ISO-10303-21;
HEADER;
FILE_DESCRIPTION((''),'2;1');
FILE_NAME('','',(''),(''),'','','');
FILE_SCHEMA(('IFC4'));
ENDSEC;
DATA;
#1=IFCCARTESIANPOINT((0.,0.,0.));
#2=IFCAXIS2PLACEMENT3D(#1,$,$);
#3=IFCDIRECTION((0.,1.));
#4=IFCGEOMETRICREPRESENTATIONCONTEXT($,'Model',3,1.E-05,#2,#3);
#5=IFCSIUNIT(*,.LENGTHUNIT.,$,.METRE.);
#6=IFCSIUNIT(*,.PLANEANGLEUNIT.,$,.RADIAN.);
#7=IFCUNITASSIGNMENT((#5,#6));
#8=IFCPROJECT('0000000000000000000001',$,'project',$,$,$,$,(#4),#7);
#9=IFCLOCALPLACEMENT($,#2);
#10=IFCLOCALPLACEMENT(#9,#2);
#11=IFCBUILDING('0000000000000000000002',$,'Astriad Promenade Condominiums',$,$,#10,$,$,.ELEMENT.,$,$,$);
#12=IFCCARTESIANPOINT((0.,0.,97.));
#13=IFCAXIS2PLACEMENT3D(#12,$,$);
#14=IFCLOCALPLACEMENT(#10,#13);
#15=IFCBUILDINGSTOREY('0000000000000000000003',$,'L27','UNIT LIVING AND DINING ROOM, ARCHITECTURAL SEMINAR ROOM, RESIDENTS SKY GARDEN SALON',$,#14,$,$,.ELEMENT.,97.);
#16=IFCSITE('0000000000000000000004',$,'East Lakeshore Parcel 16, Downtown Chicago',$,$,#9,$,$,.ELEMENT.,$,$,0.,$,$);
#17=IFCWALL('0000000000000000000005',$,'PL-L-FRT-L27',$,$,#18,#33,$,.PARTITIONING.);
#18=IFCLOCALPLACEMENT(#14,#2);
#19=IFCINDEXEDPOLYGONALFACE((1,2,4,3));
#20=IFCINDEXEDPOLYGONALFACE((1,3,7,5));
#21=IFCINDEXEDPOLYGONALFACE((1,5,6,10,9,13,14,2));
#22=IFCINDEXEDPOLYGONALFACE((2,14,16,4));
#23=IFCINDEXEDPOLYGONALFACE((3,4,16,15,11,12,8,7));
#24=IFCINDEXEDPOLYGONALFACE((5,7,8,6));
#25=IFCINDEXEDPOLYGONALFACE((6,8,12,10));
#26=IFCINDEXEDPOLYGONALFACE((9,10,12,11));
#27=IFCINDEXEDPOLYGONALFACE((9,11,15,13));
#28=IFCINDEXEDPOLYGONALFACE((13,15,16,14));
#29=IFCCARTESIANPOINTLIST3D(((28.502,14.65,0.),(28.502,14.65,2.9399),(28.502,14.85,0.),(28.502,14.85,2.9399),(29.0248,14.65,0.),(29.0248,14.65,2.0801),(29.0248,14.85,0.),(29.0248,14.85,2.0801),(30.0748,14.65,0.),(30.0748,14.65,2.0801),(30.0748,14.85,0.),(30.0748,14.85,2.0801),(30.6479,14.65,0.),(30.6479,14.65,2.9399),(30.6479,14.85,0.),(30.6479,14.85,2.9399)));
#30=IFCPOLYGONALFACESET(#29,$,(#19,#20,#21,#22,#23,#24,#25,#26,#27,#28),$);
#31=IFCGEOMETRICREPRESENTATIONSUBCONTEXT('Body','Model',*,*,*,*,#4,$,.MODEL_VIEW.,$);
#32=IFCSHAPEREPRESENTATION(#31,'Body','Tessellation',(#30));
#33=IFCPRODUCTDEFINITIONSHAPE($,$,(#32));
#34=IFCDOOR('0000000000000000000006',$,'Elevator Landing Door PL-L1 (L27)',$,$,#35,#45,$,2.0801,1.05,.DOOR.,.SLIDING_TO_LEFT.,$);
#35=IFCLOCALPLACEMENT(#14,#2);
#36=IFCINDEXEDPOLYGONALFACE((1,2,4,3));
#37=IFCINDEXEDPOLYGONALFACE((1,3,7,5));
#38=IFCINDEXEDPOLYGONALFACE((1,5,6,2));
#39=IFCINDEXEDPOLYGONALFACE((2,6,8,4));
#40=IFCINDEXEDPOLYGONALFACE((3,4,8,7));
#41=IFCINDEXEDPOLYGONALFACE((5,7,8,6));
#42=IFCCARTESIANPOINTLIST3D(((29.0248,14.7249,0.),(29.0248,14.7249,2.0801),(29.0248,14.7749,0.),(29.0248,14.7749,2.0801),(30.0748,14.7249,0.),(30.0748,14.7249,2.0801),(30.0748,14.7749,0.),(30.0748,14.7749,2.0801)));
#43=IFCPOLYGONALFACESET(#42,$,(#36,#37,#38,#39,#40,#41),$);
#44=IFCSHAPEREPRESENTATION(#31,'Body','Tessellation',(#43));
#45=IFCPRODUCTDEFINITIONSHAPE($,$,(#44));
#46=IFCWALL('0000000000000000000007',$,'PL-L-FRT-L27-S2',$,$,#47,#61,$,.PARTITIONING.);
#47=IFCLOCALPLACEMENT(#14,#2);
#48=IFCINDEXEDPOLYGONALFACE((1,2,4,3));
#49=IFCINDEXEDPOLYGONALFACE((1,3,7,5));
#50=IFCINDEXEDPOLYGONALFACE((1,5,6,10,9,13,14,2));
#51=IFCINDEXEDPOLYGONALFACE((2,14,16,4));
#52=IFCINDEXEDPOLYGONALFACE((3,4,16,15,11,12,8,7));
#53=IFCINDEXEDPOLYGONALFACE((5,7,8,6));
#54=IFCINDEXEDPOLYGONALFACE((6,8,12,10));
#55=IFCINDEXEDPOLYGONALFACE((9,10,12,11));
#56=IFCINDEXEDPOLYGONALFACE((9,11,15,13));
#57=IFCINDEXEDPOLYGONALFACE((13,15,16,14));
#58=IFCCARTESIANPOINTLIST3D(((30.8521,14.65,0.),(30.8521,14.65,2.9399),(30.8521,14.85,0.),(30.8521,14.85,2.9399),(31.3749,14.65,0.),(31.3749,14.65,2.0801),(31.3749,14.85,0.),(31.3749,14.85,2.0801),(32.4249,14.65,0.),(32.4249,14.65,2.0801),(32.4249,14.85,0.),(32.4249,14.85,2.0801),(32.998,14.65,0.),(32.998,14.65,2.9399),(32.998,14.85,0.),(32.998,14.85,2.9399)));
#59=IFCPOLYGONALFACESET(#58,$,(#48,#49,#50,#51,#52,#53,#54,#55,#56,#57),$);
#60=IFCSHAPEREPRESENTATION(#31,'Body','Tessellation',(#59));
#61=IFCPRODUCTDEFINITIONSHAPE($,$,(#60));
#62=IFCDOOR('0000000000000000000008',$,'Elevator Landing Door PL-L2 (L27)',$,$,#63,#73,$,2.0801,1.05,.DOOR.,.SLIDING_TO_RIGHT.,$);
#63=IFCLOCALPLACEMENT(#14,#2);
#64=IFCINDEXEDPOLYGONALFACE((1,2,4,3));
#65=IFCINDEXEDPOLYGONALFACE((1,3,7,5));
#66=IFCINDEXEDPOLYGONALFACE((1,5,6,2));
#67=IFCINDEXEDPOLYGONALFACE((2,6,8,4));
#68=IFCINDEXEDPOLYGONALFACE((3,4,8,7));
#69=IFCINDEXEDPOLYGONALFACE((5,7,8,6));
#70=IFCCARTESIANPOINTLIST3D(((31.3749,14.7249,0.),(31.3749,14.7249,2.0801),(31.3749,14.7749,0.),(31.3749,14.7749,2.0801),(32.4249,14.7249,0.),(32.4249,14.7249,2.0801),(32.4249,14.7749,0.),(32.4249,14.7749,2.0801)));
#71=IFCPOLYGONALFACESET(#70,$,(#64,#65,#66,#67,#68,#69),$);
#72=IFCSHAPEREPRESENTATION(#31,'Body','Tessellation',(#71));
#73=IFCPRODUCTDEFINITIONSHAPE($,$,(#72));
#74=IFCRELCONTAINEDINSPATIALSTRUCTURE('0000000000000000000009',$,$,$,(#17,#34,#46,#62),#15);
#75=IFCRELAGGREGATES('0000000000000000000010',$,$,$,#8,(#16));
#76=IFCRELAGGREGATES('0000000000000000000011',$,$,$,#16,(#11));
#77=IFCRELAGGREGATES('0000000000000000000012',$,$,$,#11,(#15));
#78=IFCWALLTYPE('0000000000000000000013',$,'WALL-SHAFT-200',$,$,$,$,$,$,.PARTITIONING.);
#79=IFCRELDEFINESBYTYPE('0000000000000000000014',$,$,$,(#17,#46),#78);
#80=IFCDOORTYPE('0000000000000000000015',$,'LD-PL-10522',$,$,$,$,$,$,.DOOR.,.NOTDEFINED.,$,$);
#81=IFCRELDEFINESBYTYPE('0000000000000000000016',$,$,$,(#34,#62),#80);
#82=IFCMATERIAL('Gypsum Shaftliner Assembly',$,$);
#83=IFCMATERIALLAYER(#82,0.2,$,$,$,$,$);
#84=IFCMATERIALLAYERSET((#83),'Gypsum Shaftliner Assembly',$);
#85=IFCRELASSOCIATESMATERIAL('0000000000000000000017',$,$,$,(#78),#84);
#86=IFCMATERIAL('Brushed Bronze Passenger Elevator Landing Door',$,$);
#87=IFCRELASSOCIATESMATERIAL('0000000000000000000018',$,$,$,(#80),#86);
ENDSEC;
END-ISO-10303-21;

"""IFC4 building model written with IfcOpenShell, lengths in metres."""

from ifc_helpers import new_model, si_unit, direction, frame, frame_2d, origin, place, context, subcontext, project, spatial, rectangle, extrude, source, transform, mapped, material, layer, layer_set, type_object, type_shapes, element, fill, save


model = new_model("IFC4")

# Units and contexts
model_context = context("Model", 3, precision=1e-05, world=origin(), true_north=direction((0.0, 1.0)))
body_context = subcontext(model_context, "Body", "Model", "MODEL_VIEW")
ifc_project = project(units=[si_unit("LENGTHUNIT", "METRE"), si_unit("PLANEANGLEUNIT", "RADIAN")], contexts=[model_context])

# Site, building, storey
site_placement = place(None, origin())
site = spatial("IfcSite", under=ifc_project, at=site_placement, Name="East Lakeshore Parcel 16, Downtown Chicago", CompositionType="ELEMENT", RefElevation=0.0)
building_placement = place(site_placement, origin())
building = spatial("IfcBuilding", under=site, at=building_placement, Name="Astriad Promenade Condominiums", CompositionType="ELEMENT")
storey_placement = place(building_placement, frame((0.0, 0.0, 97.0)))
storey = spatial("IfcBuildingStorey", under=building, at=storey_placement, Name="L27", Description="UNIT LIVING AND DINING ROOM, ARCHITECTURAL SEMINAR ROOM, RESIDENTS SKY GARDEN SALON", CompositionType="ELEMENT", Elevation=97.0)

# Shared definitions
ifc_material_1 = material(Name="Gypsum Shaftliner Assembly")
ifc_layer_1 = layer(ifc_material_1, 0.2)
ifc_layer_set_1 = layer_set([ifc_layer_1], Name="Gypsum Shaftliner Assembly")
wall_type_1 = type_object("IfcWallType", Name="WALL-SHAFT-200", PredefinedType="PARTITIONING", material=ifc_layer_set_1)

# Walls, openings, doors
wall_1_placement = place(storey_placement, frame((28.502, 14.75, 0.0), z_axis=(0.0, 0.0, 1.0), x_axis=(1.0, 0.0, 0.0)))
wall_1 = element("IfcWall", 1, at=wall_1_placement, inside=storey, type_object=wall_type_1, Name="PL-L-FRT-L27", PredefinedType="PARTITIONING", context=body_context, shape_type="SweptSolid", body=[
    extrude(rectangle(XDim=2.146, YDim=0.2, at=frame_2d((1.073, 0.0))), origin(), (0.0, 0.0, 1.0), 2.9399),
])
opening_1_placement = place(wall_1_placement, frame((0.5229, 0.0, 0.0)))
opening_1 = element("IfcOpeningElement", 2, at=opening_1_placement, cuts=wall_1, PredefinedType="OPENING", context=body_context, shape_type="SweptSolid", body=[
    extrude(rectangle(XDim=1.05, YDim=2.0801, at=frame_2d((0.5249, 1.04))), frame((0.0, 0.1099, 0.0), z_axis=(0.0, -1.0, 0.0), x_axis=(1.0, 0.0, 0.0)), (0.0, 0.0, 1.0), 0.22),
])
ifc_material_2 = material(Name="Brushed Bronze Passenger Elevator Landing Door")
door_type_1 = type_object("IfcDoorType", Name="LD-PL-10522", OperationType="NOTDEFINED", PredefinedType="DOOR", material=ifc_material_2)
shared_shape_1 = source(origin(), body_context, "Body", "SweptSolid", [
    extrude(rectangle(XDim=1.05, YDim=2.0801, at=frame_2d((0.5249, 1.04))), frame((0.0, 0.0249, 0.0), z_axis=(0.0, -1.0, 0.0), x_axis=(1.0, 0.0, 0.0)), (0.0, 0.0, 1.0), 0.05),
])
type_shapes(door_type_1, [shared_shape_1])
door_1_placement = place(opening_1_placement, origin())
door_1 = element("IfcDoor", 3, at=door_1_placement, inside=storey, type_object=door_type_1, Name="Elevator Landing Door PL-L1 (L27)", OperationType="SLIDING_TO_LEFT", OverallHeight=2.0801, OverallWidth=1.05, PredefinedType="DOOR", context=body_context, shape_type="MappedRepresentation", body=[
    mapped(shared_shape_1, transform((0.0, 0.0, 0.0), scale=1.0)),
])
fill(opening_1, door_1)
wall_2_placement = place(storey_placement, frame((30.8521, 14.75, 0.0), z_axis=(0.0, 0.0, 1.0), x_axis=(1.0, 0.0, 0.0)))
wall_2 = element("IfcWall", 4, at=wall_2_placement, inside=storey, type_object=wall_type_1, Name="PL-L-FRT-L27-S2", PredefinedType="PARTITIONING", context=body_context, shape_type="SweptSolid", body=[
    extrude(rectangle(XDim=2.146, YDim=0.2, at=frame_2d((1.073, 0.0))), origin(), (0.0, 0.0, 1.0), 2.9399),
])
opening_2_placement = place(wall_2_placement, frame((0.5229, 0.0, 0.0)))
opening_2 = element("IfcOpeningElement", 5, at=opening_2_placement, cuts=wall_2, PredefinedType="OPENING", context=body_context, shape_type="SweptSolid", body=[
    extrude(rectangle(XDim=1.05, YDim=2.0801, at=frame_2d((0.5249, 1.04))), frame((0.0, 0.1099, 0.0), z_axis=(0.0, -1.0, 0.0), x_axis=(1.0, 0.0, 0.0)), (0.0, 0.0, 1.0), 0.22),
])
door_2_placement = place(opening_2_placement, origin())
door_2 = element("IfcDoor", 6, at=door_2_placement, inside=storey, type_object=door_type_1, Name="Elevator Landing Door PL-L2 (L27)", OperationType="SLIDING_TO_RIGHT", OverallHeight=2.0801, OverallWidth=1.05, PredefinedType="DOOR", context=body_context, shape_type="MappedRepresentation", body=[
    mapped(shared_shape_1, transform((0.0, 0.0, 0.0), scale=1.0)),
])
fill(opening_2, door_2)

save(model, "model.ifc")
